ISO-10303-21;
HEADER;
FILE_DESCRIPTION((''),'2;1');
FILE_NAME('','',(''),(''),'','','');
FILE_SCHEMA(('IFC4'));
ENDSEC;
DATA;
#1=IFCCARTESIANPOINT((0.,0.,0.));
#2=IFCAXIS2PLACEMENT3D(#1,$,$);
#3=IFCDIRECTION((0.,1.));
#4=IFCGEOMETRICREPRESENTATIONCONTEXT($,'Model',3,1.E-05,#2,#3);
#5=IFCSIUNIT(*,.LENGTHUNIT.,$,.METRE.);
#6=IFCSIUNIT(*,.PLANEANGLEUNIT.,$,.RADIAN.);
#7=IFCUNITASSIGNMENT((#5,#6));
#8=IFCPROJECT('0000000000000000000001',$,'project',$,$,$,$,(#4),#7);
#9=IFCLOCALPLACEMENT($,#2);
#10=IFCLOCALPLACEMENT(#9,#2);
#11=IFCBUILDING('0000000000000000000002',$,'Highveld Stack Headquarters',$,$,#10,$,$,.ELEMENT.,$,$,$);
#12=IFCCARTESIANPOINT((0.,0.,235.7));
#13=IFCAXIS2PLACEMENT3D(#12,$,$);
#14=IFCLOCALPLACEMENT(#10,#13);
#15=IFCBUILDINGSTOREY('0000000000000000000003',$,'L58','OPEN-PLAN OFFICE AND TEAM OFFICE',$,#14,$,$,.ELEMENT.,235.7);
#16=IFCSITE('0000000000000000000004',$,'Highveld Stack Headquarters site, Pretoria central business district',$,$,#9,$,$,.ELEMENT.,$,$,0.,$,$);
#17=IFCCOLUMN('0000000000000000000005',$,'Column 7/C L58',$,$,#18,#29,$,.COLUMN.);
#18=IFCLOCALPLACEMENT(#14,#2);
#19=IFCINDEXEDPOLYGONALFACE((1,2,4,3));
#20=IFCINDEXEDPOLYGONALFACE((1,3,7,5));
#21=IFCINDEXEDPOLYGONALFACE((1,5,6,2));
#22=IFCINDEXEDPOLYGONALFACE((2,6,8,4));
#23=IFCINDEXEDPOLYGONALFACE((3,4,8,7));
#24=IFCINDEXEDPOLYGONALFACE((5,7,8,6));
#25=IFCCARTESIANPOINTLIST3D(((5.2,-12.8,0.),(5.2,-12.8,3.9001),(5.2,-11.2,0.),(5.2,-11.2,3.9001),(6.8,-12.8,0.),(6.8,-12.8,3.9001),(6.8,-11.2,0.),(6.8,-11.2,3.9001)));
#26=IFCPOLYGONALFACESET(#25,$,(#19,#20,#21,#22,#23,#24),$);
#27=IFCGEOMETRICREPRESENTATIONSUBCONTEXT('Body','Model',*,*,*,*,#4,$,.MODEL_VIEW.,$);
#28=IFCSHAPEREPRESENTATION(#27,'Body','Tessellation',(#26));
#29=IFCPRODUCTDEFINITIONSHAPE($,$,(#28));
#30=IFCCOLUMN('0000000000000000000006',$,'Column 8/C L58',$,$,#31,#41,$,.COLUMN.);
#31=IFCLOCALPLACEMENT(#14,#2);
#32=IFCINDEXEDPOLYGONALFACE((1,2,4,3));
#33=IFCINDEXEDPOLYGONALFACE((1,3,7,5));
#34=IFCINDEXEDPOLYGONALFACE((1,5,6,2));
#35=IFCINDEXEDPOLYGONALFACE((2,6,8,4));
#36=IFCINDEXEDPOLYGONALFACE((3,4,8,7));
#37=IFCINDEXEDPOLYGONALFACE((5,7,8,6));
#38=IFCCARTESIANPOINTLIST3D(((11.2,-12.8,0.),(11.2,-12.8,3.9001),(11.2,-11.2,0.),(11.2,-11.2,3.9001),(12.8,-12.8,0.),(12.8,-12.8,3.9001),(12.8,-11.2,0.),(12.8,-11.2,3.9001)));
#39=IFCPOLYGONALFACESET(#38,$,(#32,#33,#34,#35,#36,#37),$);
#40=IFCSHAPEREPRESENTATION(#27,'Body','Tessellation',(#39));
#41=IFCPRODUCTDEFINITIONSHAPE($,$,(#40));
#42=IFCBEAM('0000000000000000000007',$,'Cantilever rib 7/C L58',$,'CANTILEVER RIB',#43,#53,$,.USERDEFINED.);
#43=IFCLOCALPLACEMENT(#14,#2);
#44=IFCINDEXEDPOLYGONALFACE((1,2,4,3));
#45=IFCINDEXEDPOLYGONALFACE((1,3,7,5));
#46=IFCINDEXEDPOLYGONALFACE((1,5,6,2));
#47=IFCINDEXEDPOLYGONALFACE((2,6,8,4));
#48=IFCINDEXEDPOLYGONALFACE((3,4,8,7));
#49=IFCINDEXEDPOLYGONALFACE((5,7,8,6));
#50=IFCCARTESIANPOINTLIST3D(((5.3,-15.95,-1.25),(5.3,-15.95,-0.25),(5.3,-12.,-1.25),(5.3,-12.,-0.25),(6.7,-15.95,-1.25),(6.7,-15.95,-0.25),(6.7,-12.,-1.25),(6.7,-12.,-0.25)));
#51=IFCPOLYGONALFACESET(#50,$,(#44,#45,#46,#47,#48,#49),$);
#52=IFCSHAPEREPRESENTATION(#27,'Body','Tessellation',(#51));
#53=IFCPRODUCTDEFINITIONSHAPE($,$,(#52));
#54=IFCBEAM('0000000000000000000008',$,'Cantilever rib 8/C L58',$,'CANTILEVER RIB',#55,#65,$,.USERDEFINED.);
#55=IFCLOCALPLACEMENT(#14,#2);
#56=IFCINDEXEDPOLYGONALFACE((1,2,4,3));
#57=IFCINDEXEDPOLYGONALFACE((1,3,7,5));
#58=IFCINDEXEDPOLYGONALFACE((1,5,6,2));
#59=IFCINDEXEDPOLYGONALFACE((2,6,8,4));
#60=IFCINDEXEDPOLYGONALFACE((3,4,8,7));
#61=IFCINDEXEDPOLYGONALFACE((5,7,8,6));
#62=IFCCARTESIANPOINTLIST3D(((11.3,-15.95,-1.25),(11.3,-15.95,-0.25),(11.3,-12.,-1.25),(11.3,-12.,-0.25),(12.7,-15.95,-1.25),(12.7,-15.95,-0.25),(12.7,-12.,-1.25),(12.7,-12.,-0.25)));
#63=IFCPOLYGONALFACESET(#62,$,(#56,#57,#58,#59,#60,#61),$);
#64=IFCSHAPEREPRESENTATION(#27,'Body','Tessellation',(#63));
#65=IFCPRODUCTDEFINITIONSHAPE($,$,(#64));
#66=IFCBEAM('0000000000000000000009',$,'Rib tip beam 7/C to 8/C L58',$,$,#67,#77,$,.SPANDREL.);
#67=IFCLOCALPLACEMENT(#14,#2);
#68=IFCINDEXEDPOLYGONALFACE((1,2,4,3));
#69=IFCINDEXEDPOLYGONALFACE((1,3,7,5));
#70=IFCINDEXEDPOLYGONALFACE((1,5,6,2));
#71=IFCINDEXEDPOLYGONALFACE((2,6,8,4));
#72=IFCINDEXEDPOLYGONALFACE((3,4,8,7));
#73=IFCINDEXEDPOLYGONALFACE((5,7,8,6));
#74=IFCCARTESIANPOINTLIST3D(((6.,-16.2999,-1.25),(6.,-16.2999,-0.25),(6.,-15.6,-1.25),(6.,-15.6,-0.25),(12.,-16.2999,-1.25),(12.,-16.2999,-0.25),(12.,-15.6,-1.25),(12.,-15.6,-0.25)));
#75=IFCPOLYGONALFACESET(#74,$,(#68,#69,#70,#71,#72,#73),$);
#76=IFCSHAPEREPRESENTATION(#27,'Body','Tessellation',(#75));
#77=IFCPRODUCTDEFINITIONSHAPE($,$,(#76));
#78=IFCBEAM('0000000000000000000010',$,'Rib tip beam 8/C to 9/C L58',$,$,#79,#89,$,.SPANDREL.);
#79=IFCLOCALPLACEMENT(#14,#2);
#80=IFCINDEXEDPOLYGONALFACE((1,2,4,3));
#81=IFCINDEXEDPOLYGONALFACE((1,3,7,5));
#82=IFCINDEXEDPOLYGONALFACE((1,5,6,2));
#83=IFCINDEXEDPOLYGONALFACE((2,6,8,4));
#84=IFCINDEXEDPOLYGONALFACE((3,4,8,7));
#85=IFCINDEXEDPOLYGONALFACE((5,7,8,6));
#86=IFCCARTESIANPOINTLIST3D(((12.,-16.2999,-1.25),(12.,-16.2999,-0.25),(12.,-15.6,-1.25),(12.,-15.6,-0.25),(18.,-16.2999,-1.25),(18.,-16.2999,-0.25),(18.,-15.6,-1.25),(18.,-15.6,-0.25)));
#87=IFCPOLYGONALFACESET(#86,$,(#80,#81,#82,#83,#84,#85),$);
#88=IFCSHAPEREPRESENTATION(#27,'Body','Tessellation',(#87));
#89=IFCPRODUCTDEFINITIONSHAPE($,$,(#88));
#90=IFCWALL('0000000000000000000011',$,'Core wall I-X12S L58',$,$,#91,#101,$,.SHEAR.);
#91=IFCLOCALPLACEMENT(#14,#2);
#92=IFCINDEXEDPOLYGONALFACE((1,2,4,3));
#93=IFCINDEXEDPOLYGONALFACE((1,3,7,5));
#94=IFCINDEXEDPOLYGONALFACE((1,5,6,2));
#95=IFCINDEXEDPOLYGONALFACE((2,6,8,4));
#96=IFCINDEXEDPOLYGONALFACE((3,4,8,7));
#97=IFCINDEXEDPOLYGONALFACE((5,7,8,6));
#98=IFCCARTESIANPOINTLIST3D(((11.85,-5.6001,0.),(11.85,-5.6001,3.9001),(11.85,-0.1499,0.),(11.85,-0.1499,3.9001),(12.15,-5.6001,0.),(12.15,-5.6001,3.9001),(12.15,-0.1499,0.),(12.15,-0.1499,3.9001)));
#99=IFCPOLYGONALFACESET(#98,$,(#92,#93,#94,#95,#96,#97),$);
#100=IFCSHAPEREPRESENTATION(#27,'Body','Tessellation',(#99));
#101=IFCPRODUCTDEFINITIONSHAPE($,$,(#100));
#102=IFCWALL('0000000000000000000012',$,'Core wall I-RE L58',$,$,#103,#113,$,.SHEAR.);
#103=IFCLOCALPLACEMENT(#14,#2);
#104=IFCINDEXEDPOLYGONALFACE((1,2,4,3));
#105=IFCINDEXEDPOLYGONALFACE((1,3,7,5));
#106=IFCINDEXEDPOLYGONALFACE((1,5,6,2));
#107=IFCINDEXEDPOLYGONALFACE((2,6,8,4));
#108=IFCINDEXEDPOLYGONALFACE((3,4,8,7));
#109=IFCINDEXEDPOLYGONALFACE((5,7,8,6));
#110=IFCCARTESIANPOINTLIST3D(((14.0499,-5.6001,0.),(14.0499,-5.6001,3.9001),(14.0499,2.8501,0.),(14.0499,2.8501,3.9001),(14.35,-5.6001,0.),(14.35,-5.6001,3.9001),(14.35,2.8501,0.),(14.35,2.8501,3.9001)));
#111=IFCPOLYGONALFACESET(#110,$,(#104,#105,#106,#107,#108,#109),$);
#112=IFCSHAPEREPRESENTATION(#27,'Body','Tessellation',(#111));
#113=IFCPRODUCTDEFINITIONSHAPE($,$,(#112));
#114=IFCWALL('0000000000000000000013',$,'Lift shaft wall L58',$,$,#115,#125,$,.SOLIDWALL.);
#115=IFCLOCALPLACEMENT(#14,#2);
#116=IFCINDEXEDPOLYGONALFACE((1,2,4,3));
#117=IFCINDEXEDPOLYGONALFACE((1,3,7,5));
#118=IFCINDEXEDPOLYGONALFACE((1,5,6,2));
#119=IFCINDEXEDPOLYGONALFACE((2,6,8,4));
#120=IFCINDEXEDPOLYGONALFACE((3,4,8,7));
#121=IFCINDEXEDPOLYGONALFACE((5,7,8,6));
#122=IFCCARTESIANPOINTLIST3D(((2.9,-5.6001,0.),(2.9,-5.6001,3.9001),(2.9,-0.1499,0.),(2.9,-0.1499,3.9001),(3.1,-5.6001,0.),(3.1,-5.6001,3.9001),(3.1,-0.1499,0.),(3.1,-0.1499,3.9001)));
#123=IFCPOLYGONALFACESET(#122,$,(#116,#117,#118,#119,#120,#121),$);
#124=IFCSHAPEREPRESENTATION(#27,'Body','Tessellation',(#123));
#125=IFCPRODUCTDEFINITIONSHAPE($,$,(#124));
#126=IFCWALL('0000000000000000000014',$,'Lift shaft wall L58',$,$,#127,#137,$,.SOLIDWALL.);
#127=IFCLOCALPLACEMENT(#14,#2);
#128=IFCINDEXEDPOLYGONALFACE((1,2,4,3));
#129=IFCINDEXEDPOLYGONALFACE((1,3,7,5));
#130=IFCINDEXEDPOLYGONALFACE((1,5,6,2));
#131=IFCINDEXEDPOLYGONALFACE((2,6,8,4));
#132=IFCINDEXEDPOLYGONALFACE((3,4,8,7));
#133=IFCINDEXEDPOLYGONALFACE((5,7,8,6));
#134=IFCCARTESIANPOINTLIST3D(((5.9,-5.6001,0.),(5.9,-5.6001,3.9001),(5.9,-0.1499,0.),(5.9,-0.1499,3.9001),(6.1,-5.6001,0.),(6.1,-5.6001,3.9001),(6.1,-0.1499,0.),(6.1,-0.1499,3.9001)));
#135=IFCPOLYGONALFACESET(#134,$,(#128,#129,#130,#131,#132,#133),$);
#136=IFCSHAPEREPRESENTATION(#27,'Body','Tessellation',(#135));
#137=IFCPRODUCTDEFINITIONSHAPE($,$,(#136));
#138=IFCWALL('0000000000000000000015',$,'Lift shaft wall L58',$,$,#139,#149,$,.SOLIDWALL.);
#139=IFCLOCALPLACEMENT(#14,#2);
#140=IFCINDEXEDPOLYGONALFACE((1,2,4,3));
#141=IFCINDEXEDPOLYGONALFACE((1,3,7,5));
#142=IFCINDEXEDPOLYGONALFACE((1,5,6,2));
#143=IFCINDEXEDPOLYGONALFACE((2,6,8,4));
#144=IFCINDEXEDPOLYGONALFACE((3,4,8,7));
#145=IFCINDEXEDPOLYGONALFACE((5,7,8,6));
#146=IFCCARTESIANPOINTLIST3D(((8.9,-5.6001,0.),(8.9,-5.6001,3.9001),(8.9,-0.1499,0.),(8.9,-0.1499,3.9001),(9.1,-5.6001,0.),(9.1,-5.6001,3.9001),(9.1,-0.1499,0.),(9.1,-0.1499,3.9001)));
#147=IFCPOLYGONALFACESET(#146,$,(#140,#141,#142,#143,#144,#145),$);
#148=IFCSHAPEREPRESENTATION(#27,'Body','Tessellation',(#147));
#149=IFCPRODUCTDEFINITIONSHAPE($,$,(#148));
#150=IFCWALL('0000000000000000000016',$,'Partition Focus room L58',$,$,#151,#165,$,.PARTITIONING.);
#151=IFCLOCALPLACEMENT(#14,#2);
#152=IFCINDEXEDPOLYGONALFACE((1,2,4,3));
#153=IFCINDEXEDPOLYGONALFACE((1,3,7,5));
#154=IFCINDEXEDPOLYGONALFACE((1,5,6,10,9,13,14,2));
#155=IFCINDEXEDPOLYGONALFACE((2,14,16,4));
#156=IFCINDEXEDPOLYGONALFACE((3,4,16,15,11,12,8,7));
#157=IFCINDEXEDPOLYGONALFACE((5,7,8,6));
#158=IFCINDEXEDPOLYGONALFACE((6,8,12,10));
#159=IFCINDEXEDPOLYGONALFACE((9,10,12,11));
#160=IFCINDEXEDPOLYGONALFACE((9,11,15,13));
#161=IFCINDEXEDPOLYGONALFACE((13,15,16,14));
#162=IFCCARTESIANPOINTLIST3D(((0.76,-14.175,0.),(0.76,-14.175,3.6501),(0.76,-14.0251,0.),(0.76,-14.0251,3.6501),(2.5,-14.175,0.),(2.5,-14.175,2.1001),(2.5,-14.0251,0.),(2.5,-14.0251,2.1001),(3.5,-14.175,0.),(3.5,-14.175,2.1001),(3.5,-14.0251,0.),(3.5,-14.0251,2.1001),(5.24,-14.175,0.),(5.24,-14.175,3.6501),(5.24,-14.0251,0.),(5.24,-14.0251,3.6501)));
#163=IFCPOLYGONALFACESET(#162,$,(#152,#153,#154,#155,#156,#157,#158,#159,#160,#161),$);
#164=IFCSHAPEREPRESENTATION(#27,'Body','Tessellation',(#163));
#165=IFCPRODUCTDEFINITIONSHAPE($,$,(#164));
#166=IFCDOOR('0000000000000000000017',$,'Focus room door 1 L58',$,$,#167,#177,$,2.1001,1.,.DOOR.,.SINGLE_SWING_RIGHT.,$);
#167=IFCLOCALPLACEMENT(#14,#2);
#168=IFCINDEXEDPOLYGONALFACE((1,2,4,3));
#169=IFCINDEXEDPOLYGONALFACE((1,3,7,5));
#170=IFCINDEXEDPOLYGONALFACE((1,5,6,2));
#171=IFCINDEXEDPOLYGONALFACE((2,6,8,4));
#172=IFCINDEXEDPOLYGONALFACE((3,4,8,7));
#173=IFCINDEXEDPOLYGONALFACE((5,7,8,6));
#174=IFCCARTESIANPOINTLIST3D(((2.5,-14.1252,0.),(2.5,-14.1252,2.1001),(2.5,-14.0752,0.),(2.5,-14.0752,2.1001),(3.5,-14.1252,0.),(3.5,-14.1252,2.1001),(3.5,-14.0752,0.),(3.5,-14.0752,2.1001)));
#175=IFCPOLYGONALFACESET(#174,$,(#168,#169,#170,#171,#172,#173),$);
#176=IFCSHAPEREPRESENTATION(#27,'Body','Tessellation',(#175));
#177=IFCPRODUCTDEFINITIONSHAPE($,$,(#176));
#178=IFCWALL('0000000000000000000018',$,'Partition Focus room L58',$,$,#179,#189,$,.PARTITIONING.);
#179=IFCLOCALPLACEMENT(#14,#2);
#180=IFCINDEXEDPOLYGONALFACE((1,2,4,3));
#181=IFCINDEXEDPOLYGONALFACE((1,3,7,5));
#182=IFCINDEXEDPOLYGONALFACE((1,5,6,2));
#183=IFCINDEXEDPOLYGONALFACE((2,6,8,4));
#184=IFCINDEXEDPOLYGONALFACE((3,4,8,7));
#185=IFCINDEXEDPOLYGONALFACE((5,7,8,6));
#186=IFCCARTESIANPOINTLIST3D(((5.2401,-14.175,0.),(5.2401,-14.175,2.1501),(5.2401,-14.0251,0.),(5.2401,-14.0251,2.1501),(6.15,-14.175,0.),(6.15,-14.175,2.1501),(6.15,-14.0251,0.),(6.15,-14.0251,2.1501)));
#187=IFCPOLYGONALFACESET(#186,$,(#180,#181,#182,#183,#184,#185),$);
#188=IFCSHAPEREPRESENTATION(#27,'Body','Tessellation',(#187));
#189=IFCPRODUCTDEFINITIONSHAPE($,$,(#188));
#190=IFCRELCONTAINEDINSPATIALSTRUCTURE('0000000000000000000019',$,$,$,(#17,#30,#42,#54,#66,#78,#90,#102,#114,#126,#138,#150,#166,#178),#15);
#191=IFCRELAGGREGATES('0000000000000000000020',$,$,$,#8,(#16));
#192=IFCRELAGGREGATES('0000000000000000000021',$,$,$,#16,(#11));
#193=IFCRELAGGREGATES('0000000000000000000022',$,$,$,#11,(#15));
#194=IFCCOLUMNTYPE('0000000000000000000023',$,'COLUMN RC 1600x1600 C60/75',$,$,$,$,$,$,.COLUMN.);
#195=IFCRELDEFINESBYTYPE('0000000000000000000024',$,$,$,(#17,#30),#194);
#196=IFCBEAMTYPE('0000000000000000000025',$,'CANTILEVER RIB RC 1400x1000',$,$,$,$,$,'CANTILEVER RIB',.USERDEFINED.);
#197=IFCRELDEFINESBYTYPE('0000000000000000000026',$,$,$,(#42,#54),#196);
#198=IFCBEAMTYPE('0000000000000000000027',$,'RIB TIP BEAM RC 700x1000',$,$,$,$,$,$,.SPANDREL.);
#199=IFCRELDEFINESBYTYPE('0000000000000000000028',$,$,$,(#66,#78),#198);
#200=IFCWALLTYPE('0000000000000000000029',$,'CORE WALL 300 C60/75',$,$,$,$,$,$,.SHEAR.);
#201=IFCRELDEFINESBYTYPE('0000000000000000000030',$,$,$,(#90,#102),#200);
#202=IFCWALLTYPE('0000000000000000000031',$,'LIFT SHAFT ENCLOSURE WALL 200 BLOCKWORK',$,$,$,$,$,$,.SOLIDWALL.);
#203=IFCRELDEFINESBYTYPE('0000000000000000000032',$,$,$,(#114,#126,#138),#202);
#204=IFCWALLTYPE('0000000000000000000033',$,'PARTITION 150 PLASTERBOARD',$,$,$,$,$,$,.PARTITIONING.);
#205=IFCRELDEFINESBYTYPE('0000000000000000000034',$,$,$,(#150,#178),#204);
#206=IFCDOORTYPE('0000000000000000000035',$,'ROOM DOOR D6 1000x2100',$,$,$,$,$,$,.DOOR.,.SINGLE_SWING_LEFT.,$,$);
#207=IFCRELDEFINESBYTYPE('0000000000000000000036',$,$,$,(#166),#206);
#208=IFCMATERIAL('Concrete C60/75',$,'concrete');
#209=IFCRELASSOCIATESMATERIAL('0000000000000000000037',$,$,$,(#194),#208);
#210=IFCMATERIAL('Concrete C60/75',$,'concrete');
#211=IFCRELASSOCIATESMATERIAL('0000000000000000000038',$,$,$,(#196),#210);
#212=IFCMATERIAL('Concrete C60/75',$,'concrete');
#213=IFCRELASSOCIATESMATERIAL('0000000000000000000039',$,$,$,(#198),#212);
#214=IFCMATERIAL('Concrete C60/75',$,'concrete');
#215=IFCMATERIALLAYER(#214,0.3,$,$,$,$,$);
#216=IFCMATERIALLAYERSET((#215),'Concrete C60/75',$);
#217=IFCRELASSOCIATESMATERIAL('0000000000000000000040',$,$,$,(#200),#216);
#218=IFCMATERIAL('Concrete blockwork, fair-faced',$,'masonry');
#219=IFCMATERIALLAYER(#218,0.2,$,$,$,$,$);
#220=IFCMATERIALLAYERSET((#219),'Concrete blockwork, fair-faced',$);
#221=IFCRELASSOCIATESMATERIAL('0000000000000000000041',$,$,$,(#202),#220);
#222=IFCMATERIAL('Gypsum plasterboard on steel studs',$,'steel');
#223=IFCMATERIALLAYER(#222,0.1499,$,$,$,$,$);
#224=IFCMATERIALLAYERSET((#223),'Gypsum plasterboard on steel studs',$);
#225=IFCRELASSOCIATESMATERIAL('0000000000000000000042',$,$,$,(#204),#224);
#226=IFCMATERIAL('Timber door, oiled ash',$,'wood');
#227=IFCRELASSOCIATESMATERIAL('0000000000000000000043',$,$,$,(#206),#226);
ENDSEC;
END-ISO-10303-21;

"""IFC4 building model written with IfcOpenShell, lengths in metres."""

from ifc_helpers import new_model, si_unit, direction, frame, frame_2d, origin, origin_2d, place, context, subcontext, project, spatial, rectangle, extrude, material, layer, layer_set, material_profile, profile_set, type_object, element, fill, save


model = new_model("IFC4")

# Units and contexts
model_context = context("Model", 3, precision=1e-05, world=origin(), true_north=direction((0.0, 1.0)))
body_context = subcontext(model_context, "Body", "Model", "MODEL_VIEW")
ifc_project = project(units=[si_unit("LENGTHUNIT", "METRE"), si_unit("PLANEANGLEUNIT", "RADIAN")], contexts=[model_context])

# Site, building, storey
site_placement = place(None, origin())
site = spatial("IfcSite", under=ifc_project, at=site_placement, Name="Highveld Stack Headquarters site, Pretoria central business district", CompositionType="ELEMENT", RefElevation=0.0)
building_placement = place(site_placement, origin())
building = spatial("IfcBuilding", under=site, at=building_placement, Name="Highveld Stack Headquarters", CompositionType="ELEMENT")
storey_placement = place(building_placement, frame((0.0, 0.0, 235.7)))
storey = spatial("IfcBuildingStorey", under=building, at=storey_placement, Name="L58", Description="OPEN-PLAN OFFICE AND TEAM OFFICE", CompositionType="ELEMENT", Elevation=235.7)

# Columns
ifc_material_1 = material(Name="Concrete C60/75", Category="concrete")
ifc_material_profile_1 = material_profile(ifc_material_1, rectangle(XDim=1.6001, YDim=1.6001, at=origin_2d()), Name="RC 1600x1600")
ifc_profile_set_1 = profile_set([ifc_material_profile_1], Name="Concrete C60/75")
column_type = type_object("IfcColumnType", Name="COLUMN RC 1600x1600 C60/75", PredefinedType="COLUMN", material=ifc_profile_set_1)
for number, where, z_axis, x_axis, name in (
    (1, (6.0, -12.0, 0.0), (0.0, 0.0, 1.0), (1.0, 0.0, 0.0), "Column 7/C L58"),
    (2, (12.0, -12.0, 0.0), (0.0, 0.0, 1.0), (1.0, 0.0, 0.0), "Column 8/C L58"),
):
    element("IfcColumn", number, at=place(storey_placement, frame(where, z_axis=z_axis, x_axis=x_axis)), inside=storey, type_object=column_type, Name=name, PredefinedType="COLUMN", context=body_context, shape_type="SweptSolid", body=[
        extrude(rectangle(XDim=1.6001, YDim=1.6001, at=origin_2d()), origin(), (0.0, 0.0, 1.0), 3.9001),
    ])

# Beams
ifc_material_2 = material(Name="Concrete C60/75", Category="concrete")
ifc_material_profile_2 = material_profile(ifc_material_2, rectangle(XDim=1.3999, YDim=1.0, at=origin_2d()), Name="RC 1400x1000")
ifc_profile_set_2 = profile_set([ifc_material_profile_2], Name="Concrete C60/75")
beam_type_1 = type_object("IfcBeamType", Name="CANTILEVER RIB RC 1400x1000", ElementType="CANTILEVER RIB", PredefinedType="USERDEFINED", material=ifc_profile_set_2)
for number, where, z_axis, x_axis, name in (
    (3, (6.0, -12.0, -0.75), (0.0, -1.0, 0.0), (1.0, 0.0, 0.0), "Cantilever rib 7/C L58"),
    (4, (12.0, -12.0, -0.75), (0.0, -1.0, 0.0), (1.0, 0.0, 0.0), "Cantilever rib 8/C L58"),
):
    element("IfcBeam", number, at=place(storey_placement, frame(where, z_axis=z_axis, x_axis=x_axis)), inside=storey, type_object=beam_type_1, Name=name, ObjectType="CANTILEVER RIB", PredefinedType="USERDEFINED", context=body_context, shape_type="SweptSolid", body=[
        extrude(rectangle(XDim=1.3999, YDim=1.0, at=origin_2d()), origin(), (0.0, 0.0, 1.0), 3.95),
    ])
ifc_material_3 = material(Name="Concrete C60/75", Category="concrete")
ifc_material_profile_3 = material_profile(ifc_material_3, rectangle(XDim=0.7, YDim=1.0, at=origin_2d()), Name="RC 700x1000")
ifc_profile_set_3 = profile_set([ifc_material_profile_3], Name="Concrete C60/75")
beam_type_2 = type_object("IfcBeamType", Name="RIB TIP BEAM RC 700x1000", PredefinedType="SPANDREL", material=ifc_profile_set_3)
for number, where, z_axis, x_axis, name in (
    (5, (6.0, -15.95, -0.75), (1.0, 0.0, 0.0), (0.0, 1.0, 0.0), "Rib tip beam 7/C to 8/C L58"),
    (6, (12.0, -15.95, -0.75), (1.0, 0.0, 0.0), (0.0, 1.0, 0.0), "Rib tip beam 8/C to 9/C L58"),
):
    element("IfcBeam", number, at=place(storey_placement, frame(where, z_axis=z_axis, x_axis=x_axis)), inside=storey, type_object=beam_type_2, Name=name, PredefinedType="SPANDREL", context=body_context, shape_type="SweptSolid", body=[
        extrude(rectangle(XDim=0.7, YDim=1.0, at=origin_2d()), origin(), (0.0, 0.0, 1.0), 6.0),
    ])

# Walls
ifc_material_4 = material(Name="Concrete C60/75", Category="concrete")
ifc_layer_1 = layer(ifc_material_4, 0.3)
ifc_layer_set_1 = layer_set([ifc_layer_1], Name="Concrete C60/75")
wall_type_1 = type_object("IfcWallType", Name="CORE WALL 300 C60/75", PredefinedType="SHEAR", material=ifc_layer_set_1)
wall_1_placement = place(storey_placement, frame((12.0, -5.6001, 0.0), z_axis=(0.0, 0.0, 1.0), x_axis=(0.0, 1.0, 0.0)))
element("IfcWall", 7, at=wall_1_placement, inside=storey, type_object=wall_type_1, Name="Core wall I-X12S L58", PredefinedType="SHEAR", context=body_context, shape_type="SweptSolid", body=[
    extrude(rectangle(XDim=5.4502, YDim=0.3, at=frame_2d((2.7251, 0.0))), origin(), (0.0, 0.0, 1.0), 3.9001),
])
wall_2_placement = place(storey_placement, frame((14.2, -5.6001, 0.0), z_axis=(0.0, 0.0, 1.0), x_axis=(0.0, 1.0, 0.0)))
element("IfcWall", 8, at=wall_2_placement, inside=storey, type_object=wall_type_1, Name="Core wall I-RE L58", PredefinedType="SHEAR", context=body_context, shape_type="SweptSolid", body=[
    extrude(rectangle(XDim=8.4502, YDim=0.3, at=frame_2d((4.2251, 0.0))), origin(), (0.0, 0.0, 1.0), 3.9001),
])
ifc_material_5 = material(Name="Concrete blockwork, fair-faced", Category="masonry")
ifc_layer_2 = layer(ifc_material_5, 0.2)
ifc_layer_set_2 = layer_set([ifc_layer_2], Name="Concrete blockwork, fair-faced")
wall_type_2 = type_object("IfcWallType", Name="LIFT SHAFT ENCLOSURE WALL 200 BLOCKWORK", PredefinedType="SOLIDWALL", material=ifc_layer_set_2)
for number, where, z_axis, x_axis, name in (
    (9, (3.0, -5.6001, 0.0), (0.0, 0.0, 1.0), (0.0, 1.0, 0.0), "Lift shaft wall L58"),
    (10, (6.0, -5.6001, 0.0), (0.0, 0.0, 1.0), (0.0, 1.0, 0.0), "Lift shaft wall L58"),
    (11, (9.0, -5.6001, 0.0), (0.0, 0.0, 1.0), (0.0, 1.0, 0.0), "Lift shaft wall L58"),
):
    element("IfcWall", number, at=place(storey_placement, frame(where, z_axis=z_axis, x_axis=x_axis)), inside=storey, type_object=wall_type_2, Name=name, PredefinedType="SOLIDWALL", context=body_context, shape_type="SweptSolid", body=[
        extrude(rectangle(XDim=5.4502, YDim=0.2, at=frame_2d((2.7251, 0.0))), origin(), (0.0, 0.0, 1.0), 3.9001),
    ])

# Wall, opening, door
ifc_material_6 = material(Name="Gypsum plasterboard on steel studs", Category="steel")
ifc_layer_3 = layer(ifc_material_6, 0.1499)
ifc_layer_set_3 = layer_set([ifc_layer_3], Name="Gypsum plasterboard on steel studs")
wall_type_3 = type_object("IfcWallType", Name="PARTITION 150 PLASTERBOARD", PredefinedType="PARTITIONING", material=ifc_layer_set_3)
wall_3_placement = place(storey_placement, frame((0.76, -14.1001, 0.0), z_axis=(0.0, 0.0, 1.0), x_axis=(1.0, 0.0, 0.0)))
wall_3 = element("IfcWall", 12, at=wall_3_placement, inside=storey, type_object=wall_type_3, Name="Partition Focus room L58", PredefinedType="PARTITIONING", context=body_context, shape_type="SweptSolid", body=[
    extrude(rectangle(XDim=4.48, YDim=0.1499, at=frame_2d((2.24, 0.0))), origin(), (0.0, 0.0, 1.0), 3.6501),
])
opening_1_placement = place(wall_3_placement, frame((1.74, 0.0, 0.0)))
opening_1 = element("IfcOpeningElement", 13, at=opening_1_placement, cuts=wall_3, PredefinedType="OPENING", context=body_context, shape_type="SweptSolid", body=[
    extrude(rectangle(XDim=1.0, YDim=2.1001, at=frame_2d((0.5, 1.05))), frame((0.0, 0.085, 0.0), z_axis=(0.0, -1.0, 0.0), x_axis=(1.0, 0.0, 0.0)), (0.0, 0.0, 1.0), 0.1699),
])
ifc_material_7 = material(Name="Timber door, oiled ash", Category="wood")
door_type = type_object("IfcDoorType", Name="ROOM DOOR D6 1000x2100", OperationType="SINGLE_SWING_LEFT", PredefinedType="DOOR", material=ifc_material_7)
door_1_placement = place(opening_1_placement, origin())
door_1 = element("IfcDoor", 14, at=door_1_placement, inside=storey, type_object=door_type, Name="Focus room door 1 L58", OperationType="SINGLE_SWING_RIGHT", OverallHeight=2.1001, OverallWidth=1.0, PredefinedType="DOOR", context=body_context, shape_type="SweptSolid", body=[
    extrude(rectangle(XDim=1.0, YDim=2.1001, at=frame_2d((0.5, 1.05))), frame((0.0, 0.0249, 0.0), z_axis=(0.0, -1.0, 0.0), x_axis=(1.0, 0.0, 0.0)), (0.0, 0.0, 1.0), 0.05),
])
fill(opening_1, door_1)

# Wall
wall_4_placement = place(storey_placement, frame((5.24, -14.1001, 0.0), z_axis=(0.0, 0.0, 1.0), x_axis=(1.0, 0.0, 0.0)))
element("IfcWall", 15, at=wall_4_placement, inside=storey, type_object=wall_type_3, Name="Partition Focus room L58", PredefinedType="PARTITIONING", context=body_context, shape_type="SweptSolid", body=[
    extrude(rectangle(XDim=0.9099, YDim=0.1499, at=frame_2d((0.4551, 0.0))), origin(), (0.0, 0.0, 1.0), 2.1501),
])

save(model, "model.ifc")
